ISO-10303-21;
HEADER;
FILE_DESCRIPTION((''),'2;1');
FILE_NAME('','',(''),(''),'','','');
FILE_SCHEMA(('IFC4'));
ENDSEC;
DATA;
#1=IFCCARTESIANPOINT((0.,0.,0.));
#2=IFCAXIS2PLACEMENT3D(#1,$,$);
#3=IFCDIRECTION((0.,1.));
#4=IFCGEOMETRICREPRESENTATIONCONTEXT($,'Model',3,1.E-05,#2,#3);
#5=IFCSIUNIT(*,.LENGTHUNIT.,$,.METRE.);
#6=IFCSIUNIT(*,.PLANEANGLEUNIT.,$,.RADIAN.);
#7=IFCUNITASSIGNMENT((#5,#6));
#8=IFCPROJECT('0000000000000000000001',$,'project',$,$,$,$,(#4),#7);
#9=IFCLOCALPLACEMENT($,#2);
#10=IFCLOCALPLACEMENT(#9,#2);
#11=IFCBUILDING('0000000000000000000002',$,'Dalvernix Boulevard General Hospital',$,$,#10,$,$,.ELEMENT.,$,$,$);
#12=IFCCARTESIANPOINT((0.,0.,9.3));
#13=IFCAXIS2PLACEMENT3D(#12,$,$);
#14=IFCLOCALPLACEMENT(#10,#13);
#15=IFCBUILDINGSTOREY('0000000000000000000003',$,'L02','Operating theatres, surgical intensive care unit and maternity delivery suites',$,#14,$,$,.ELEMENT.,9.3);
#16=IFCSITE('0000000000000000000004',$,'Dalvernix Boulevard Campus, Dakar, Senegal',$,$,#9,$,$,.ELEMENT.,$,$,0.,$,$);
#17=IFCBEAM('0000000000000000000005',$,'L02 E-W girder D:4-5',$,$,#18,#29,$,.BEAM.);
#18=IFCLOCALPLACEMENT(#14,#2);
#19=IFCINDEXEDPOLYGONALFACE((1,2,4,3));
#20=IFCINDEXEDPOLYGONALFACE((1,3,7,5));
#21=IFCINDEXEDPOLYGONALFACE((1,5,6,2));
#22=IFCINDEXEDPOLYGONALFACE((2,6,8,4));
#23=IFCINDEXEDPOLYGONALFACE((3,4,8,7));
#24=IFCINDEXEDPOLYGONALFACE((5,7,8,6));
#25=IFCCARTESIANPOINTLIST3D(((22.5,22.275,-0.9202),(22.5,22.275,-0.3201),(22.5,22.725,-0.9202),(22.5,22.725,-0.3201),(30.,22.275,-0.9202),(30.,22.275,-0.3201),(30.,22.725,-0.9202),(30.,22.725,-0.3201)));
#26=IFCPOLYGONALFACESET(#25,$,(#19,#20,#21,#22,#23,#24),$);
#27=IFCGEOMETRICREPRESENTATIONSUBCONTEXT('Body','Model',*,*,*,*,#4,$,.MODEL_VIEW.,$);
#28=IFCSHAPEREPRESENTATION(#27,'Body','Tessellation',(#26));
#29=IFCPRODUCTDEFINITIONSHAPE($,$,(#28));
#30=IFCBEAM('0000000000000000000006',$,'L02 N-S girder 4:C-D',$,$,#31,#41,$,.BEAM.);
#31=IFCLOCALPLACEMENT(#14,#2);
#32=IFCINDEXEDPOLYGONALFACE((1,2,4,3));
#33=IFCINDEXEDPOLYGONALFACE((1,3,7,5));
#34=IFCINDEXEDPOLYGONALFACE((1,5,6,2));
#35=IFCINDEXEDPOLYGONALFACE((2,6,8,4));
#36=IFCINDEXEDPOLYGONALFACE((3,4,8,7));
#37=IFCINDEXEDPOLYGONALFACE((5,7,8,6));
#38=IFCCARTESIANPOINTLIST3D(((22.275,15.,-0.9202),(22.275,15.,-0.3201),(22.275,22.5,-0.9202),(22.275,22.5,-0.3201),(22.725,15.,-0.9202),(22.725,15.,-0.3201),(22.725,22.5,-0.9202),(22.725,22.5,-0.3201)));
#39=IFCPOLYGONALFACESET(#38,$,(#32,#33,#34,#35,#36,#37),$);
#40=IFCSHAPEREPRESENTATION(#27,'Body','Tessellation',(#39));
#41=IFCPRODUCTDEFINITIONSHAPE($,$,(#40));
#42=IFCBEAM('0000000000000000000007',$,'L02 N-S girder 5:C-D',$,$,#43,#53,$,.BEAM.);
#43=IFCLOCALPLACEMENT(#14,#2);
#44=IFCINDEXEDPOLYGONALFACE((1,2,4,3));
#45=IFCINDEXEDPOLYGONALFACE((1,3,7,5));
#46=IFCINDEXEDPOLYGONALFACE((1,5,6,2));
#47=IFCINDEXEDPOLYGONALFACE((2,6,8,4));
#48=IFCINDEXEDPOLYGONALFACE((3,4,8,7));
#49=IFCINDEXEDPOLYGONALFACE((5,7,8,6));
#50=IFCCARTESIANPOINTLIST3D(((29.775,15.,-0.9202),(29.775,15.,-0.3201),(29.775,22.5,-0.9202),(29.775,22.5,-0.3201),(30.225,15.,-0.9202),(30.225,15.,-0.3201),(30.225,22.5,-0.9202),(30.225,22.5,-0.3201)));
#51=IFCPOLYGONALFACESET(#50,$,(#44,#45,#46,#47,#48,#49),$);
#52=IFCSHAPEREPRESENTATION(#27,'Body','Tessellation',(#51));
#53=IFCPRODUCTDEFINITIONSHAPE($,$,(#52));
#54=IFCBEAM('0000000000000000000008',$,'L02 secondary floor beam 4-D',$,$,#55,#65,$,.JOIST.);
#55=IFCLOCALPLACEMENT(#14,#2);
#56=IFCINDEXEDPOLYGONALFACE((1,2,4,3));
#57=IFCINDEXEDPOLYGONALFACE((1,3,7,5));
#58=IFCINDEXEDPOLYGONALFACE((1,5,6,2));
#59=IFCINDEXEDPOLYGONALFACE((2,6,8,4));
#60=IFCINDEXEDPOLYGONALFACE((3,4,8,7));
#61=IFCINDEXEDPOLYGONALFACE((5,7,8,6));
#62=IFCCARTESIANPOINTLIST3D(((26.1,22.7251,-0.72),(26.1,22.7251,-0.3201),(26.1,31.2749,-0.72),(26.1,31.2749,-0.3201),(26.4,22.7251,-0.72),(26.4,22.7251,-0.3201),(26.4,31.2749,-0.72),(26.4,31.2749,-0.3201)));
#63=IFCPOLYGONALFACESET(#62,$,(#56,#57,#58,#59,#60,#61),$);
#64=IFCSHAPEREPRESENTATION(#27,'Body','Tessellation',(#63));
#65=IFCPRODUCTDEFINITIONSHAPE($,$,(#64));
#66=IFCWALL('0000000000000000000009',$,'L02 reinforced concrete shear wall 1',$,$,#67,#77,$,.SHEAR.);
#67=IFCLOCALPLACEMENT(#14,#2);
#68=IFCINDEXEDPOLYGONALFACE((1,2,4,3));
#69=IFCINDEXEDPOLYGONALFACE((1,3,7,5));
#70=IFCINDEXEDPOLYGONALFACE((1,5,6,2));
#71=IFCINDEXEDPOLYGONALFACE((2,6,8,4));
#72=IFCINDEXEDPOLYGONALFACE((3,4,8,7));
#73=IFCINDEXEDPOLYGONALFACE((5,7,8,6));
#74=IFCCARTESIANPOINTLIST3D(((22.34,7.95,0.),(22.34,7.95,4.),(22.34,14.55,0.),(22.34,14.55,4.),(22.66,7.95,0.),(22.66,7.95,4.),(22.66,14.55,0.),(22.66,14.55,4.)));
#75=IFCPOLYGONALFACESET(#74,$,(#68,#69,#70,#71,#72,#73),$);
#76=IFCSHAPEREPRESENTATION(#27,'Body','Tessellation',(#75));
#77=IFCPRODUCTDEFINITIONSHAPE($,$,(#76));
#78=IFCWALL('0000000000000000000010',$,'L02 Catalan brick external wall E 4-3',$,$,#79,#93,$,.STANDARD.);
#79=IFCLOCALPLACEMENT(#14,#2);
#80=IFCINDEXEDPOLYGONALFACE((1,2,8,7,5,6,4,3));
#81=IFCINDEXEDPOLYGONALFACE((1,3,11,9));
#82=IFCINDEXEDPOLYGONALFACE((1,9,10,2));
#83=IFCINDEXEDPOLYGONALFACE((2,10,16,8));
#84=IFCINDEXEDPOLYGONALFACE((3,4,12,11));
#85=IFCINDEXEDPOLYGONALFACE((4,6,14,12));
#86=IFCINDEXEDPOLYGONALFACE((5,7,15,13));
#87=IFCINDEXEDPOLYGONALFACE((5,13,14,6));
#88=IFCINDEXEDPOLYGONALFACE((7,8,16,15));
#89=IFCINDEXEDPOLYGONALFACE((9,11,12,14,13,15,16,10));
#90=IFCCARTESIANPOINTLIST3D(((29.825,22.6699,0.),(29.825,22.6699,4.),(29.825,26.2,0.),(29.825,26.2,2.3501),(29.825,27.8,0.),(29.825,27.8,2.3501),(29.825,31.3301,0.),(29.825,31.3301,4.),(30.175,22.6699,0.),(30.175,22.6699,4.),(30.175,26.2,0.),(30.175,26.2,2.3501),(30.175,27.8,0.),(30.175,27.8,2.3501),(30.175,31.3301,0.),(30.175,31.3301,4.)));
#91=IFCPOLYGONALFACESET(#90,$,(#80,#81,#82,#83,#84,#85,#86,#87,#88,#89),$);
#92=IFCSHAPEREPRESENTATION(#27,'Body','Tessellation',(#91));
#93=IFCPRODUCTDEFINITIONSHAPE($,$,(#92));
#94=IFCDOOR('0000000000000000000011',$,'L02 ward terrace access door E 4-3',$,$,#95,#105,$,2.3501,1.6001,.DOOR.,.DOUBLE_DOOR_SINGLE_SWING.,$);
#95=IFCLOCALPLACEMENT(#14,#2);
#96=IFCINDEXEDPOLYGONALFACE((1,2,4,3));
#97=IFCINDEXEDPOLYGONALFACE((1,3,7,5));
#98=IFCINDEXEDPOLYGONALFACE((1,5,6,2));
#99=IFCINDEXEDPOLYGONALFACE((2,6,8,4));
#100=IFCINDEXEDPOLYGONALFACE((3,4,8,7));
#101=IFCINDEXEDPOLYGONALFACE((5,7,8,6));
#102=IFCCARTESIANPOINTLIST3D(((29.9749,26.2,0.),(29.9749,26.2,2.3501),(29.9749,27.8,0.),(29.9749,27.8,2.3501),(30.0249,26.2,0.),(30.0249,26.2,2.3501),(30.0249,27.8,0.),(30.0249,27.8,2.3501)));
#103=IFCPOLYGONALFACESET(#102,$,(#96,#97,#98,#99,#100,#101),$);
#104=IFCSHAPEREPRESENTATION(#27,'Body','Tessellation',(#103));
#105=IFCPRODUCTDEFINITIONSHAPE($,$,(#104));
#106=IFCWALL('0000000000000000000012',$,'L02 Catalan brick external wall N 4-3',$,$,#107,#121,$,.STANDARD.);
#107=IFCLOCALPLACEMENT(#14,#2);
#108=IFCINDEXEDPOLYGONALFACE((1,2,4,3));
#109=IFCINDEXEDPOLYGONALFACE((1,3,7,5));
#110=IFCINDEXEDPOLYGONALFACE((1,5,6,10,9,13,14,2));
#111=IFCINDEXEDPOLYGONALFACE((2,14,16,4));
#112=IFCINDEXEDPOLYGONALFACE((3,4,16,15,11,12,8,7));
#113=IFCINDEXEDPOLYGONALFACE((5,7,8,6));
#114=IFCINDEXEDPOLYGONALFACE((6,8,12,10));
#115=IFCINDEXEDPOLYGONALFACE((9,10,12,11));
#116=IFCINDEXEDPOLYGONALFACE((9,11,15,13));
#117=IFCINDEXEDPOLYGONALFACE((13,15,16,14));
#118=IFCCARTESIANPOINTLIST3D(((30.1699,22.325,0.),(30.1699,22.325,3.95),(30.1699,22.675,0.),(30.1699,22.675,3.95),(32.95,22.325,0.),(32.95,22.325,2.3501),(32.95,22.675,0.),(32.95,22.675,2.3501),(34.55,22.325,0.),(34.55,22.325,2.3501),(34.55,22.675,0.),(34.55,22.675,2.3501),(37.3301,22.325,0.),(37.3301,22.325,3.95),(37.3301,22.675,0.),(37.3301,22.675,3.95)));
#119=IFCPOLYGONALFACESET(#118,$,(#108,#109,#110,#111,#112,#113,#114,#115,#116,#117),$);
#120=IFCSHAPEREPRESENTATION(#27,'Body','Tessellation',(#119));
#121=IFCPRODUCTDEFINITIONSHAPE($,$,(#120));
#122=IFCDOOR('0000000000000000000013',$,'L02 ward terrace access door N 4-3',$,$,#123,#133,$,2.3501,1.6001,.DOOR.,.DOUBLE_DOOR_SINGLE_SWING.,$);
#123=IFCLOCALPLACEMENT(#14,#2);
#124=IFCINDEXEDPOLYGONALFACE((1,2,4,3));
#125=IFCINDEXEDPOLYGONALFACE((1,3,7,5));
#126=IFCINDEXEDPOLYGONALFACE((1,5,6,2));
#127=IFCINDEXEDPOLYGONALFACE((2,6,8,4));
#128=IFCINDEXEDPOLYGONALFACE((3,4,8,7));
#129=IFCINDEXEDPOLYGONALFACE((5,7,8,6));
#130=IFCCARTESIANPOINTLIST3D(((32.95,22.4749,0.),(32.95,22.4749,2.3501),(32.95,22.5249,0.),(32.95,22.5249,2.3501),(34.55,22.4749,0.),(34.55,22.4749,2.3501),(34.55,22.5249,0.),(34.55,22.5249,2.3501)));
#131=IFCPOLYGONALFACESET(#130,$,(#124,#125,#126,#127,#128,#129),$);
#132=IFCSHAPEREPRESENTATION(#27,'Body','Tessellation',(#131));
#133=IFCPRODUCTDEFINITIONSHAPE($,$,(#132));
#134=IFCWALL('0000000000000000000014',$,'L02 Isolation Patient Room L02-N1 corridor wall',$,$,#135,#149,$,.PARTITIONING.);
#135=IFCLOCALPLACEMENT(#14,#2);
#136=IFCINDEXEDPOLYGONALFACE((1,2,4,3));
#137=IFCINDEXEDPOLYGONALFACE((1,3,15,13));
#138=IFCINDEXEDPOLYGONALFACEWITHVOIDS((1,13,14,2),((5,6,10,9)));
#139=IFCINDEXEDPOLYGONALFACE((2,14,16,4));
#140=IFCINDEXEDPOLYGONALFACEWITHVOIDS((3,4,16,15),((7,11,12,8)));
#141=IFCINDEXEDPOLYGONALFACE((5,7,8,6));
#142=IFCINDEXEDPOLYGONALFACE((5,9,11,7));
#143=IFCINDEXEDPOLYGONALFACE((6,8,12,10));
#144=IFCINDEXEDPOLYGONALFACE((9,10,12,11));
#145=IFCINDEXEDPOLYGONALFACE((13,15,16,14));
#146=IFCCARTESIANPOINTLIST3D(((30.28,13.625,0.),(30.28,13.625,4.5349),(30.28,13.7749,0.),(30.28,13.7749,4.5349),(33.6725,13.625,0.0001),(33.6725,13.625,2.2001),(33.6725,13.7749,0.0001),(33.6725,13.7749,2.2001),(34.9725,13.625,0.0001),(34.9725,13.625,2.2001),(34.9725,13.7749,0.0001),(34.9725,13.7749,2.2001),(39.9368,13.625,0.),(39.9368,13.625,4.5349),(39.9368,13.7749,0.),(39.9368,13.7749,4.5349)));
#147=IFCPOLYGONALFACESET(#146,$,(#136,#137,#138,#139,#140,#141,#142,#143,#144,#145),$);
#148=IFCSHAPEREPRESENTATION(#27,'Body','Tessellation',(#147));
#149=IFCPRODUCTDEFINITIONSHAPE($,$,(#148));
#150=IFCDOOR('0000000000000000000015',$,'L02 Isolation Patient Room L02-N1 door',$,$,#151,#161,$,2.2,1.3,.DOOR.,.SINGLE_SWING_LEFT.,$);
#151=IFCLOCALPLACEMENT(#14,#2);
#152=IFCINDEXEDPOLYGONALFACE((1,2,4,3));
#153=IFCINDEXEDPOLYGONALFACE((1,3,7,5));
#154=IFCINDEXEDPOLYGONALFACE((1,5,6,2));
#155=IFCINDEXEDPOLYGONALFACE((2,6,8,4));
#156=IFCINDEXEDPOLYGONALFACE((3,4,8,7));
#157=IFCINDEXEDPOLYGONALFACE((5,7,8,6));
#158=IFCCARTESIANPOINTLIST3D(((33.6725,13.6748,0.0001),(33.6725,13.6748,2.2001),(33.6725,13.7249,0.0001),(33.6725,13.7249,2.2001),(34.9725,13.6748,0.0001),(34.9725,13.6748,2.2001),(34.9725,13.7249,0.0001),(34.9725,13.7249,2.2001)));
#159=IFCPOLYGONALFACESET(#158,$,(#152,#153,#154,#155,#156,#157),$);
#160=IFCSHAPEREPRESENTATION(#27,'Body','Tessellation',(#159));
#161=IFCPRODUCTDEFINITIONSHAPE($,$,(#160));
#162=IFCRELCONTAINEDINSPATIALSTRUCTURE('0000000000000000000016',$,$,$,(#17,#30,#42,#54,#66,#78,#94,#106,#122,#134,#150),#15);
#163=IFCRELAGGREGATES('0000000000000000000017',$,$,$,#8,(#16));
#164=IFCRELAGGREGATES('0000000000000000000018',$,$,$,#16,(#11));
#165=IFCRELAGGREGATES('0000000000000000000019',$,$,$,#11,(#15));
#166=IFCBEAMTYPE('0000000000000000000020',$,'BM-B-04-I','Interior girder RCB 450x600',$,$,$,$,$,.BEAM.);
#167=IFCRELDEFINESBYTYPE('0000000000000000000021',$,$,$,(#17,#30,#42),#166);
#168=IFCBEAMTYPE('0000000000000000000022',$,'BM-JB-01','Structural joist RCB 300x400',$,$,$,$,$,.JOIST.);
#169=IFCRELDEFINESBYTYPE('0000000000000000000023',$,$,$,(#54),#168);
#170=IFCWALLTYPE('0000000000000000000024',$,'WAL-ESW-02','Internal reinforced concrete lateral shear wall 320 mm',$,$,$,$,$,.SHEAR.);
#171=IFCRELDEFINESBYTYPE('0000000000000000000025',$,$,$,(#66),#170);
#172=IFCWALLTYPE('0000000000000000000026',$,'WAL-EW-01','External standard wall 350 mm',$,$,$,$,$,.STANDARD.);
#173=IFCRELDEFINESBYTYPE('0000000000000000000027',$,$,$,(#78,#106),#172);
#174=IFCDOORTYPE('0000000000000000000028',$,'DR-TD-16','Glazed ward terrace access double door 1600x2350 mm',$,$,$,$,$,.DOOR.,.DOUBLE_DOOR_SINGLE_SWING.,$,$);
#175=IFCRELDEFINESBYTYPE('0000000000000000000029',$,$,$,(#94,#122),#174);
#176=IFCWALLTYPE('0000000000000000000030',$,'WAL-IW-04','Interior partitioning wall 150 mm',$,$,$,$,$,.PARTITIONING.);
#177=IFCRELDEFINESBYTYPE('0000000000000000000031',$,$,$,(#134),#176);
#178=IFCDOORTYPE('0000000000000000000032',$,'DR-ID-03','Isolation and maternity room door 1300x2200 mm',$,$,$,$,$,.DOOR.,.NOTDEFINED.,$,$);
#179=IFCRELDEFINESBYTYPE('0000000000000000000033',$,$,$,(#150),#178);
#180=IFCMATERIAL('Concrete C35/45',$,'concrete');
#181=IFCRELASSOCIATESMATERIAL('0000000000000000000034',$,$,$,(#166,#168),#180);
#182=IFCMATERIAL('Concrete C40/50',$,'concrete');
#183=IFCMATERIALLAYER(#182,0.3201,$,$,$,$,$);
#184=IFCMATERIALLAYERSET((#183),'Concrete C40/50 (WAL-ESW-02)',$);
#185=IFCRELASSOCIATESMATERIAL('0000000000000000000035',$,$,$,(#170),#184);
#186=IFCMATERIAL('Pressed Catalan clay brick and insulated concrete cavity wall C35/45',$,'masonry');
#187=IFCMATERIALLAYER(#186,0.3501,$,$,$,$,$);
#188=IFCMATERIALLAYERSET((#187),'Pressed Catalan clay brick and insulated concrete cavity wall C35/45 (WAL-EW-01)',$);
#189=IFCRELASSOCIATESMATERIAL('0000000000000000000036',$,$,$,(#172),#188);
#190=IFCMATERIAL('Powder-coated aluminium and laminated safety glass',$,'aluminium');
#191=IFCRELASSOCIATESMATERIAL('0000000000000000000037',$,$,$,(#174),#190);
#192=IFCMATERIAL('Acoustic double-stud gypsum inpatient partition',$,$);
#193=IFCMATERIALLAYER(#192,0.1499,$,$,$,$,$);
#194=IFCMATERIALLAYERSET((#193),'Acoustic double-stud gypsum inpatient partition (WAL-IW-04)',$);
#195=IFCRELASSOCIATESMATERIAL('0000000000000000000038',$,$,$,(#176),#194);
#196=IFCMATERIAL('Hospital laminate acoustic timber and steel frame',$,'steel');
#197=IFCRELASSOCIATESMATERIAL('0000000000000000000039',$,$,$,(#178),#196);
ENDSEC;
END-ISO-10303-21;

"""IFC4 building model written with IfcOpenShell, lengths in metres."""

from ifc_helpers import new_model, si_unit, direction, frame, frame_2d, origin, origin_2d, place, context, subcontext, project, spatial, rectangle, extrude, material, layer, layer_set, material_profile, profile_set, type_object, element, fill, save


model = new_model("IFC4")

# Units and contexts
model_context = context("Model", 3, precision=1e-05, world=origin(), true_north=direction((0.0, 1.0)))
body_context = subcontext(model_context, "Body", "Model", "MODEL_VIEW")
ifc_project = project(units=[si_unit("LENGTHUNIT", "METRE"), si_unit("PLANEANGLEUNIT", "RADIAN")], contexts=[model_context])

# Site, building, storey
site_placement = place(None, origin())
site = spatial("IfcSite", under=ifc_project, at=site_placement, Name="Dalvernix Boulevard Campus, Dakar, Senegal", CompositionType="ELEMENT", RefElevation=0.0)
building_placement = place(site_placement, origin())
building = spatial("IfcBuilding", under=site, at=building_placement, Name="Dalvernix Boulevard General Hospital", CompositionType="ELEMENT")
storey_placement = place(building_placement, frame((0.0, 0.0, 9.3)))
storey = spatial("IfcBuildingStorey", under=building, at=storey_placement, Name="L02", Description="Operating theatres, surgical intensive care unit and maternity delivery suites", CompositionType="ELEMENT", Elevation=9.3)

# Shared definitions
ifc_material_1 = material(Name="Concrete C40/50", Category="concrete")

# Beams
ifc_material_2 = material(Name="Concrete C35/45", Category="concrete")
ifc_material_profile_1 = material_profile(ifc_material_2, rectangle(XDim=0.45, YDim=0.6001, at=origin_2d()), Name="RCB 450x600")
ifc_profile_set_1 = profile_set([ifc_material_profile_1], Name="Concrete C35/45")
beam_type_1 = type_object("IfcBeamType", Name="BM-B-04-I", Description="Interior girder RCB 450x600", PredefinedType="BEAM", material=ifc_profile_set_1)
for number, where, z_axis, x_axis, name in (
    (1, (22.5, 22.5, -0.6201), (1.0, 0.0, 0.0), (0.0, 1.0, 0.0), "L02 E-W girder D:4-5"),
    (2, (22.5, 15.0, -0.6201), (0.0, 1.0, 0.0), (-1.0, 0.0, 0.0), "L02 N-S girder 4:C-D"),
    (3, (30.0, 15.0, -0.6201), (0.0, 1.0, 0.0), (-1.0, 0.0, 0.0), "L02 N-S girder 5:C-D"),
):
    element("IfcBeam", number, at=place(storey_placement, frame(where, z_axis=z_axis, x_axis=x_axis)), inside=storey, type_object=beam_type_1, Name=name, PredefinedType="BEAM", context=body_context, shape_type="SweptSolid", body=[
        extrude(rectangle(XDim=0.45, YDim=0.6001, at=origin_2d()), origin(), (0.0, 0.0, 1.0), 7.5),
    ])
ifc_material_profile_2 = material_profile(ifc_material_2, rectangle(XDim=0.3, YDim=0.3999, at=origin_2d()), Name="RCB 300x400")
ifc_profile_set_2 = profile_set([ifc_material_profile_2], Name="Concrete C35/45")
beam_type_2 = type_object("IfcBeamType", Name="BM-JB-01", Description="Structural joist RCB 300x400", PredefinedType="JOIST", material=ifc_profile_set_2)
beam_placement = place(storey_placement, frame((26.25, 22.7251, -0.52), z_axis=(0.0, 1.0, 0.0), x_axis=(-1.0, 0.0, 0.0)))
element("IfcBeam", 4, at=beam_placement, inside=storey, type_object=beam_type_2, Name="L02 secondary floor beam 4-D", PredefinedType="JOIST", context=body_context, shape_type="SweptSolid", body=[
    extrude(rectangle(XDim=0.3, YDim=0.3999, at=origin_2d()), origin(), (0.0, 0.0, 1.0), 8.5498),
])

# Wall
ifc_layer_1 = layer(ifc_material_1, 0.3201)
ifc_layer_set_1 = layer_set([ifc_layer_1], Name="Concrete C40/50 (WAL-ESW-02)")
wall_type_1 = type_object("IfcWallType", Name="WAL-ESW-02", Description="Internal reinforced concrete lateral shear wall 320 mm", PredefinedType="SHEAR", material=ifc_layer_set_1)
wall_1_placement = place(storey_placement, frame((22.5, 7.95, 0.0), z_axis=(0.0, 0.0, 1.0), x_axis=(0.0, 1.0, 0.0)))
element("IfcWall", 5, at=wall_1_placement, inside=storey, type_object=wall_type_1, Name="L02 reinforced concrete shear wall 1", PredefinedType="SHEAR", context=body_context, shape_type="SweptSolid", body=[
    extrude(rectangle(XDim=6.6001, YDim=0.3201, at=frame_2d((3.3, 0.0))), origin(), (0.0, 0.0, 1.0), 4.0),
])

# Walls, openings, doors
ifc_material_3 = material(Name="Pressed Catalan clay brick and insulated concrete cavity wall C35/45", Category="masonry")
ifc_layer_2 = layer(ifc_material_3, 0.3501)
ifc_layer_set_2 = layer_set([ifc_layer_2], Name="Pressed Catalan clay brick and insulated concrete cavity wall C35/45 (WAL-EW-01)")
wall_type_2 = type_object("IfcWallType", Name="WAL-EW-01", Description="External standard wall 350 mm", PredefinedType="STANDARD", material=ifc_layer_set_2)
wall_2_placement = place(storey_placement, frame((30.0, 31.3301, 0.0), z_axis=(0.0, 0.0, 1.0), x_axis=(0.0, -1.0, 0.0)))
wall_2 = element("IfcWall", 6, at=wall_2_placement, inside=storey, type_object=wall_type_2, Name="L02 Catalan brick external wall E 4-3", PredefinedType="STANDARD", context=body_context, shape_type="SweptSolid", body=[
    extrude(rectangle(XDim=8.6602, YDim=0.3501, at=frame_2d((4.3301, 0.0))), origin(), (0.0, 0.0, 1.0), 4.0),
])
opening_1_placement = place(wall_2_placement, frame((3.53, 0.0, 0.0)))
opening_1 = element("IfcOpeningElement", 7, at=opening_1_placement, cuts=wall_2, PredefinedType="OPENING", context=body_context, shape_type="SweptSolid", body=[
    extrude(rectangle(XDim=1.6001, YDim=2.3501, at=frame_2d((0.8, 1.175))), frame((0.0, 0.1851, 0.0), z_axis=(0.0, -1.0, 0.0), x_axis=(1.0, 0.0, 0.0)), (0.0, 0.0, 1.0), 0.3701),
])
ifc_material_4 = material(Name="Powder-coated aluminium and laminated safety glass", Category="aluminium")
door_type_1 = type_object("IfcDoorType", Name="DR-TD-16", Description="Glazed ward terrace access double door 1600x2350 mm", OperationType="DOUBLE_DOOR_SINGLE_SWING", PredefinedType="DOOR", material=ifc_material_4)
door_1_placement = place(opening_1_placement, origin())
door_1 = element("IfcDoor", 8, at=door_1_placement, inside=storey, type_object=door_type_1, Name="L02 ward terrace access door E 4-3", OperationType="DOUBLE_DOOR_SINGLE_SWING", OverallHeight=2.3501, OverallWidth=1.6001, PredefinedType="DOOR", context=body_context, shape_type="SweptSolid", body=[
    extrude(rectangle(XDim=1.6001, YDim=2.3501, at=frame_2d((0.8, 1.175))), frame((0.0, 0.0249, 0.0), z_axis=(0.0, -1.0, 0.0), x_axis=(1.0, 0.0, 0.0)), (0.0, 0.0, 1.0), 0.05),
])
fill(opening_1, door_1)
wall_3_placement = place(storey_placement, frame((30.1699, 22.5, 0.0), z_axis=(0.0, 0.0, 1.0), x_axis=(1.0, 0.0, 0.0)))
wall_3 = element("IfcWall", 9, at=wall_3_placement, inside=storey, type_object=wall_type_2, Name="L02 Catalan brick external wall N 4-3", PredefinedType="STANDARD", context=body_context, shape_type="SweptSolid", body=[
    extrude(rectangle(XDim=7.1602, YDim=0.3501, at=frame_2d((3.5801, 0.0))), origin(), (0.0, 0.0, 1.0), 3.95),
])
opening_2_placement = place(wall_3_placement, frame((2.78, 0.0, 0.0)))
opening_2 = element("IfcOpeningElement", 10, at=opening_2_placement, cuts=wall_3, PredefinedType="OPENING", context=body_context, shape_type="SweptSolid", body=[
    extrude(rectangle(XDim=1.6001, YDim=2.3501, at=frame_2d((0.8, 1.175))), frame((0.0, 0.1851, 0.0), z_axis=(0.0, -1.0, 0.0), x_axis=(1.0, 0.0, 0.0)), (0.0, 0.0, 1.0), 0.3701),
])
door_2_placement = place(opening_2_placement, origin())
door_2 = element("IfcDoor", 11, at=door_2_placement, inside=storey, type_object=door_type_1, Name="L02 ward terrace access door N 4-3", OperationType="DOUBLE_DOOR_SINGLE_SWING", OverallHeight=2.3501, OverallWidth=1.6001, PredefinedType="DOOR", context=body_context, shape_type="SweptSolid", body=[
    extrude(rectangle(XDim=1.6001, YDim=2.3501, at=frame_2d((0.8, 1.175))), frame((0.0, 0.0249, 0.0), z_axis=(0.0, -1.0, 0.0), x_axis=(1.0, 0.0, 0.0)), (0.0, 0.0, 1.0), 0.05),
])
fill(opening_2, door_2)
ifc_material_5 = material(Name="Acoustic double-stud gypsum inpatient partition")
ifc_layer_3 = layer(ifc_material_5, 0.1499)
ifc_layer_set_3 = layer_set([ifc_layer_3], Name="Acoustic double-stud gypsum inpatient partition (WAL-IW-04)")
wall_type_3 = type_object("IfcWallType", Name="WAL-IW-04", Description="Interior partitioning wall 150 mm", PredefinedType="PARTITIONING", material=ifc_layer_set_3)
wall_4_placement = place(storey_placement, frame((30.28, 13.7, 0.0), z_axis=(0.0, 0.0, 1.0), x_axis=(1.0, 0.0, 0.0)))
wall_4 = element("IfcWall", 12, at=wall_4_placement, inside=storey, type_object=wall_type_3, Name="L02 Isolation Patient Room L02-N1 corridor wall", PredefinedType="PARTITIONING", context=body_context, shape_type="SweptSolid", body=[
    extrude(rectangle(XDim=9.6567, YDim=0.1499, at=frame_2d((4.8284, 0.0))), origin(), (0.0, 0.0, 1.0), 4.5349),
])
opening_3_placement = place(wall_4_placement, frame((3.3926, 0.0, 0.0)))
opening_3 = element("IfcOpeningElement", 13, at=opening_3_placement, cuts=wall_4, PredefinedType="OPENING", context=body_context, shape_type="SweptSolid", body=[
    extrude(rectangle(XDim=1.3, YDim=2.2, at=frame_2d((0.6499, 1.1001))), frame((0.0, 0.085, 0.0), z_axis=(0.0, -1.0, 0.0), x_axis=(1.0, 0.0, 0.0)), (0.0, 0.0, 1.0), 0.1699),
])
ifc_material_6 = material(Name="Hospital laminate acoustic timber and steel frame", Category="steel")
door_type_2 = type_object("IfcDoorType", Name="DR-ID-03", Description="Isolation and maternity room door 1300x2200 mm", OperationType="NOTDEFINED", PredefinedType="DOOR", material=ifc_material_6)
door_3_placement = place(opening_3_placement, origin())
door_3 = element("IfcDoor", 14, at=door_3_placement, inside=storey, type_object=door_type_2, Name="L02 Isolation Patient Room L02-N1 door", OperationType="SINGLE_SWING_LEFT", OverallHeight=2.2, OverallWidth=1.3, PredefinedType="DOOR", context=body_context, shape_type="SweptSolid", body=[
    extrude(rectangle(XDim=1.3, YDim=2.2, at=frame_2d((0.6499, 1.1001))), frame((0.0, 0.0249, 0.0), z_axis=(0.0, -1.0, 0.0), x_axis=(1.0, 0.0, 0.0)), (0.0, 0.0, 1.0), 0.05),
])
fill(opening_3, door_3)

save(model, "model.ifc")
